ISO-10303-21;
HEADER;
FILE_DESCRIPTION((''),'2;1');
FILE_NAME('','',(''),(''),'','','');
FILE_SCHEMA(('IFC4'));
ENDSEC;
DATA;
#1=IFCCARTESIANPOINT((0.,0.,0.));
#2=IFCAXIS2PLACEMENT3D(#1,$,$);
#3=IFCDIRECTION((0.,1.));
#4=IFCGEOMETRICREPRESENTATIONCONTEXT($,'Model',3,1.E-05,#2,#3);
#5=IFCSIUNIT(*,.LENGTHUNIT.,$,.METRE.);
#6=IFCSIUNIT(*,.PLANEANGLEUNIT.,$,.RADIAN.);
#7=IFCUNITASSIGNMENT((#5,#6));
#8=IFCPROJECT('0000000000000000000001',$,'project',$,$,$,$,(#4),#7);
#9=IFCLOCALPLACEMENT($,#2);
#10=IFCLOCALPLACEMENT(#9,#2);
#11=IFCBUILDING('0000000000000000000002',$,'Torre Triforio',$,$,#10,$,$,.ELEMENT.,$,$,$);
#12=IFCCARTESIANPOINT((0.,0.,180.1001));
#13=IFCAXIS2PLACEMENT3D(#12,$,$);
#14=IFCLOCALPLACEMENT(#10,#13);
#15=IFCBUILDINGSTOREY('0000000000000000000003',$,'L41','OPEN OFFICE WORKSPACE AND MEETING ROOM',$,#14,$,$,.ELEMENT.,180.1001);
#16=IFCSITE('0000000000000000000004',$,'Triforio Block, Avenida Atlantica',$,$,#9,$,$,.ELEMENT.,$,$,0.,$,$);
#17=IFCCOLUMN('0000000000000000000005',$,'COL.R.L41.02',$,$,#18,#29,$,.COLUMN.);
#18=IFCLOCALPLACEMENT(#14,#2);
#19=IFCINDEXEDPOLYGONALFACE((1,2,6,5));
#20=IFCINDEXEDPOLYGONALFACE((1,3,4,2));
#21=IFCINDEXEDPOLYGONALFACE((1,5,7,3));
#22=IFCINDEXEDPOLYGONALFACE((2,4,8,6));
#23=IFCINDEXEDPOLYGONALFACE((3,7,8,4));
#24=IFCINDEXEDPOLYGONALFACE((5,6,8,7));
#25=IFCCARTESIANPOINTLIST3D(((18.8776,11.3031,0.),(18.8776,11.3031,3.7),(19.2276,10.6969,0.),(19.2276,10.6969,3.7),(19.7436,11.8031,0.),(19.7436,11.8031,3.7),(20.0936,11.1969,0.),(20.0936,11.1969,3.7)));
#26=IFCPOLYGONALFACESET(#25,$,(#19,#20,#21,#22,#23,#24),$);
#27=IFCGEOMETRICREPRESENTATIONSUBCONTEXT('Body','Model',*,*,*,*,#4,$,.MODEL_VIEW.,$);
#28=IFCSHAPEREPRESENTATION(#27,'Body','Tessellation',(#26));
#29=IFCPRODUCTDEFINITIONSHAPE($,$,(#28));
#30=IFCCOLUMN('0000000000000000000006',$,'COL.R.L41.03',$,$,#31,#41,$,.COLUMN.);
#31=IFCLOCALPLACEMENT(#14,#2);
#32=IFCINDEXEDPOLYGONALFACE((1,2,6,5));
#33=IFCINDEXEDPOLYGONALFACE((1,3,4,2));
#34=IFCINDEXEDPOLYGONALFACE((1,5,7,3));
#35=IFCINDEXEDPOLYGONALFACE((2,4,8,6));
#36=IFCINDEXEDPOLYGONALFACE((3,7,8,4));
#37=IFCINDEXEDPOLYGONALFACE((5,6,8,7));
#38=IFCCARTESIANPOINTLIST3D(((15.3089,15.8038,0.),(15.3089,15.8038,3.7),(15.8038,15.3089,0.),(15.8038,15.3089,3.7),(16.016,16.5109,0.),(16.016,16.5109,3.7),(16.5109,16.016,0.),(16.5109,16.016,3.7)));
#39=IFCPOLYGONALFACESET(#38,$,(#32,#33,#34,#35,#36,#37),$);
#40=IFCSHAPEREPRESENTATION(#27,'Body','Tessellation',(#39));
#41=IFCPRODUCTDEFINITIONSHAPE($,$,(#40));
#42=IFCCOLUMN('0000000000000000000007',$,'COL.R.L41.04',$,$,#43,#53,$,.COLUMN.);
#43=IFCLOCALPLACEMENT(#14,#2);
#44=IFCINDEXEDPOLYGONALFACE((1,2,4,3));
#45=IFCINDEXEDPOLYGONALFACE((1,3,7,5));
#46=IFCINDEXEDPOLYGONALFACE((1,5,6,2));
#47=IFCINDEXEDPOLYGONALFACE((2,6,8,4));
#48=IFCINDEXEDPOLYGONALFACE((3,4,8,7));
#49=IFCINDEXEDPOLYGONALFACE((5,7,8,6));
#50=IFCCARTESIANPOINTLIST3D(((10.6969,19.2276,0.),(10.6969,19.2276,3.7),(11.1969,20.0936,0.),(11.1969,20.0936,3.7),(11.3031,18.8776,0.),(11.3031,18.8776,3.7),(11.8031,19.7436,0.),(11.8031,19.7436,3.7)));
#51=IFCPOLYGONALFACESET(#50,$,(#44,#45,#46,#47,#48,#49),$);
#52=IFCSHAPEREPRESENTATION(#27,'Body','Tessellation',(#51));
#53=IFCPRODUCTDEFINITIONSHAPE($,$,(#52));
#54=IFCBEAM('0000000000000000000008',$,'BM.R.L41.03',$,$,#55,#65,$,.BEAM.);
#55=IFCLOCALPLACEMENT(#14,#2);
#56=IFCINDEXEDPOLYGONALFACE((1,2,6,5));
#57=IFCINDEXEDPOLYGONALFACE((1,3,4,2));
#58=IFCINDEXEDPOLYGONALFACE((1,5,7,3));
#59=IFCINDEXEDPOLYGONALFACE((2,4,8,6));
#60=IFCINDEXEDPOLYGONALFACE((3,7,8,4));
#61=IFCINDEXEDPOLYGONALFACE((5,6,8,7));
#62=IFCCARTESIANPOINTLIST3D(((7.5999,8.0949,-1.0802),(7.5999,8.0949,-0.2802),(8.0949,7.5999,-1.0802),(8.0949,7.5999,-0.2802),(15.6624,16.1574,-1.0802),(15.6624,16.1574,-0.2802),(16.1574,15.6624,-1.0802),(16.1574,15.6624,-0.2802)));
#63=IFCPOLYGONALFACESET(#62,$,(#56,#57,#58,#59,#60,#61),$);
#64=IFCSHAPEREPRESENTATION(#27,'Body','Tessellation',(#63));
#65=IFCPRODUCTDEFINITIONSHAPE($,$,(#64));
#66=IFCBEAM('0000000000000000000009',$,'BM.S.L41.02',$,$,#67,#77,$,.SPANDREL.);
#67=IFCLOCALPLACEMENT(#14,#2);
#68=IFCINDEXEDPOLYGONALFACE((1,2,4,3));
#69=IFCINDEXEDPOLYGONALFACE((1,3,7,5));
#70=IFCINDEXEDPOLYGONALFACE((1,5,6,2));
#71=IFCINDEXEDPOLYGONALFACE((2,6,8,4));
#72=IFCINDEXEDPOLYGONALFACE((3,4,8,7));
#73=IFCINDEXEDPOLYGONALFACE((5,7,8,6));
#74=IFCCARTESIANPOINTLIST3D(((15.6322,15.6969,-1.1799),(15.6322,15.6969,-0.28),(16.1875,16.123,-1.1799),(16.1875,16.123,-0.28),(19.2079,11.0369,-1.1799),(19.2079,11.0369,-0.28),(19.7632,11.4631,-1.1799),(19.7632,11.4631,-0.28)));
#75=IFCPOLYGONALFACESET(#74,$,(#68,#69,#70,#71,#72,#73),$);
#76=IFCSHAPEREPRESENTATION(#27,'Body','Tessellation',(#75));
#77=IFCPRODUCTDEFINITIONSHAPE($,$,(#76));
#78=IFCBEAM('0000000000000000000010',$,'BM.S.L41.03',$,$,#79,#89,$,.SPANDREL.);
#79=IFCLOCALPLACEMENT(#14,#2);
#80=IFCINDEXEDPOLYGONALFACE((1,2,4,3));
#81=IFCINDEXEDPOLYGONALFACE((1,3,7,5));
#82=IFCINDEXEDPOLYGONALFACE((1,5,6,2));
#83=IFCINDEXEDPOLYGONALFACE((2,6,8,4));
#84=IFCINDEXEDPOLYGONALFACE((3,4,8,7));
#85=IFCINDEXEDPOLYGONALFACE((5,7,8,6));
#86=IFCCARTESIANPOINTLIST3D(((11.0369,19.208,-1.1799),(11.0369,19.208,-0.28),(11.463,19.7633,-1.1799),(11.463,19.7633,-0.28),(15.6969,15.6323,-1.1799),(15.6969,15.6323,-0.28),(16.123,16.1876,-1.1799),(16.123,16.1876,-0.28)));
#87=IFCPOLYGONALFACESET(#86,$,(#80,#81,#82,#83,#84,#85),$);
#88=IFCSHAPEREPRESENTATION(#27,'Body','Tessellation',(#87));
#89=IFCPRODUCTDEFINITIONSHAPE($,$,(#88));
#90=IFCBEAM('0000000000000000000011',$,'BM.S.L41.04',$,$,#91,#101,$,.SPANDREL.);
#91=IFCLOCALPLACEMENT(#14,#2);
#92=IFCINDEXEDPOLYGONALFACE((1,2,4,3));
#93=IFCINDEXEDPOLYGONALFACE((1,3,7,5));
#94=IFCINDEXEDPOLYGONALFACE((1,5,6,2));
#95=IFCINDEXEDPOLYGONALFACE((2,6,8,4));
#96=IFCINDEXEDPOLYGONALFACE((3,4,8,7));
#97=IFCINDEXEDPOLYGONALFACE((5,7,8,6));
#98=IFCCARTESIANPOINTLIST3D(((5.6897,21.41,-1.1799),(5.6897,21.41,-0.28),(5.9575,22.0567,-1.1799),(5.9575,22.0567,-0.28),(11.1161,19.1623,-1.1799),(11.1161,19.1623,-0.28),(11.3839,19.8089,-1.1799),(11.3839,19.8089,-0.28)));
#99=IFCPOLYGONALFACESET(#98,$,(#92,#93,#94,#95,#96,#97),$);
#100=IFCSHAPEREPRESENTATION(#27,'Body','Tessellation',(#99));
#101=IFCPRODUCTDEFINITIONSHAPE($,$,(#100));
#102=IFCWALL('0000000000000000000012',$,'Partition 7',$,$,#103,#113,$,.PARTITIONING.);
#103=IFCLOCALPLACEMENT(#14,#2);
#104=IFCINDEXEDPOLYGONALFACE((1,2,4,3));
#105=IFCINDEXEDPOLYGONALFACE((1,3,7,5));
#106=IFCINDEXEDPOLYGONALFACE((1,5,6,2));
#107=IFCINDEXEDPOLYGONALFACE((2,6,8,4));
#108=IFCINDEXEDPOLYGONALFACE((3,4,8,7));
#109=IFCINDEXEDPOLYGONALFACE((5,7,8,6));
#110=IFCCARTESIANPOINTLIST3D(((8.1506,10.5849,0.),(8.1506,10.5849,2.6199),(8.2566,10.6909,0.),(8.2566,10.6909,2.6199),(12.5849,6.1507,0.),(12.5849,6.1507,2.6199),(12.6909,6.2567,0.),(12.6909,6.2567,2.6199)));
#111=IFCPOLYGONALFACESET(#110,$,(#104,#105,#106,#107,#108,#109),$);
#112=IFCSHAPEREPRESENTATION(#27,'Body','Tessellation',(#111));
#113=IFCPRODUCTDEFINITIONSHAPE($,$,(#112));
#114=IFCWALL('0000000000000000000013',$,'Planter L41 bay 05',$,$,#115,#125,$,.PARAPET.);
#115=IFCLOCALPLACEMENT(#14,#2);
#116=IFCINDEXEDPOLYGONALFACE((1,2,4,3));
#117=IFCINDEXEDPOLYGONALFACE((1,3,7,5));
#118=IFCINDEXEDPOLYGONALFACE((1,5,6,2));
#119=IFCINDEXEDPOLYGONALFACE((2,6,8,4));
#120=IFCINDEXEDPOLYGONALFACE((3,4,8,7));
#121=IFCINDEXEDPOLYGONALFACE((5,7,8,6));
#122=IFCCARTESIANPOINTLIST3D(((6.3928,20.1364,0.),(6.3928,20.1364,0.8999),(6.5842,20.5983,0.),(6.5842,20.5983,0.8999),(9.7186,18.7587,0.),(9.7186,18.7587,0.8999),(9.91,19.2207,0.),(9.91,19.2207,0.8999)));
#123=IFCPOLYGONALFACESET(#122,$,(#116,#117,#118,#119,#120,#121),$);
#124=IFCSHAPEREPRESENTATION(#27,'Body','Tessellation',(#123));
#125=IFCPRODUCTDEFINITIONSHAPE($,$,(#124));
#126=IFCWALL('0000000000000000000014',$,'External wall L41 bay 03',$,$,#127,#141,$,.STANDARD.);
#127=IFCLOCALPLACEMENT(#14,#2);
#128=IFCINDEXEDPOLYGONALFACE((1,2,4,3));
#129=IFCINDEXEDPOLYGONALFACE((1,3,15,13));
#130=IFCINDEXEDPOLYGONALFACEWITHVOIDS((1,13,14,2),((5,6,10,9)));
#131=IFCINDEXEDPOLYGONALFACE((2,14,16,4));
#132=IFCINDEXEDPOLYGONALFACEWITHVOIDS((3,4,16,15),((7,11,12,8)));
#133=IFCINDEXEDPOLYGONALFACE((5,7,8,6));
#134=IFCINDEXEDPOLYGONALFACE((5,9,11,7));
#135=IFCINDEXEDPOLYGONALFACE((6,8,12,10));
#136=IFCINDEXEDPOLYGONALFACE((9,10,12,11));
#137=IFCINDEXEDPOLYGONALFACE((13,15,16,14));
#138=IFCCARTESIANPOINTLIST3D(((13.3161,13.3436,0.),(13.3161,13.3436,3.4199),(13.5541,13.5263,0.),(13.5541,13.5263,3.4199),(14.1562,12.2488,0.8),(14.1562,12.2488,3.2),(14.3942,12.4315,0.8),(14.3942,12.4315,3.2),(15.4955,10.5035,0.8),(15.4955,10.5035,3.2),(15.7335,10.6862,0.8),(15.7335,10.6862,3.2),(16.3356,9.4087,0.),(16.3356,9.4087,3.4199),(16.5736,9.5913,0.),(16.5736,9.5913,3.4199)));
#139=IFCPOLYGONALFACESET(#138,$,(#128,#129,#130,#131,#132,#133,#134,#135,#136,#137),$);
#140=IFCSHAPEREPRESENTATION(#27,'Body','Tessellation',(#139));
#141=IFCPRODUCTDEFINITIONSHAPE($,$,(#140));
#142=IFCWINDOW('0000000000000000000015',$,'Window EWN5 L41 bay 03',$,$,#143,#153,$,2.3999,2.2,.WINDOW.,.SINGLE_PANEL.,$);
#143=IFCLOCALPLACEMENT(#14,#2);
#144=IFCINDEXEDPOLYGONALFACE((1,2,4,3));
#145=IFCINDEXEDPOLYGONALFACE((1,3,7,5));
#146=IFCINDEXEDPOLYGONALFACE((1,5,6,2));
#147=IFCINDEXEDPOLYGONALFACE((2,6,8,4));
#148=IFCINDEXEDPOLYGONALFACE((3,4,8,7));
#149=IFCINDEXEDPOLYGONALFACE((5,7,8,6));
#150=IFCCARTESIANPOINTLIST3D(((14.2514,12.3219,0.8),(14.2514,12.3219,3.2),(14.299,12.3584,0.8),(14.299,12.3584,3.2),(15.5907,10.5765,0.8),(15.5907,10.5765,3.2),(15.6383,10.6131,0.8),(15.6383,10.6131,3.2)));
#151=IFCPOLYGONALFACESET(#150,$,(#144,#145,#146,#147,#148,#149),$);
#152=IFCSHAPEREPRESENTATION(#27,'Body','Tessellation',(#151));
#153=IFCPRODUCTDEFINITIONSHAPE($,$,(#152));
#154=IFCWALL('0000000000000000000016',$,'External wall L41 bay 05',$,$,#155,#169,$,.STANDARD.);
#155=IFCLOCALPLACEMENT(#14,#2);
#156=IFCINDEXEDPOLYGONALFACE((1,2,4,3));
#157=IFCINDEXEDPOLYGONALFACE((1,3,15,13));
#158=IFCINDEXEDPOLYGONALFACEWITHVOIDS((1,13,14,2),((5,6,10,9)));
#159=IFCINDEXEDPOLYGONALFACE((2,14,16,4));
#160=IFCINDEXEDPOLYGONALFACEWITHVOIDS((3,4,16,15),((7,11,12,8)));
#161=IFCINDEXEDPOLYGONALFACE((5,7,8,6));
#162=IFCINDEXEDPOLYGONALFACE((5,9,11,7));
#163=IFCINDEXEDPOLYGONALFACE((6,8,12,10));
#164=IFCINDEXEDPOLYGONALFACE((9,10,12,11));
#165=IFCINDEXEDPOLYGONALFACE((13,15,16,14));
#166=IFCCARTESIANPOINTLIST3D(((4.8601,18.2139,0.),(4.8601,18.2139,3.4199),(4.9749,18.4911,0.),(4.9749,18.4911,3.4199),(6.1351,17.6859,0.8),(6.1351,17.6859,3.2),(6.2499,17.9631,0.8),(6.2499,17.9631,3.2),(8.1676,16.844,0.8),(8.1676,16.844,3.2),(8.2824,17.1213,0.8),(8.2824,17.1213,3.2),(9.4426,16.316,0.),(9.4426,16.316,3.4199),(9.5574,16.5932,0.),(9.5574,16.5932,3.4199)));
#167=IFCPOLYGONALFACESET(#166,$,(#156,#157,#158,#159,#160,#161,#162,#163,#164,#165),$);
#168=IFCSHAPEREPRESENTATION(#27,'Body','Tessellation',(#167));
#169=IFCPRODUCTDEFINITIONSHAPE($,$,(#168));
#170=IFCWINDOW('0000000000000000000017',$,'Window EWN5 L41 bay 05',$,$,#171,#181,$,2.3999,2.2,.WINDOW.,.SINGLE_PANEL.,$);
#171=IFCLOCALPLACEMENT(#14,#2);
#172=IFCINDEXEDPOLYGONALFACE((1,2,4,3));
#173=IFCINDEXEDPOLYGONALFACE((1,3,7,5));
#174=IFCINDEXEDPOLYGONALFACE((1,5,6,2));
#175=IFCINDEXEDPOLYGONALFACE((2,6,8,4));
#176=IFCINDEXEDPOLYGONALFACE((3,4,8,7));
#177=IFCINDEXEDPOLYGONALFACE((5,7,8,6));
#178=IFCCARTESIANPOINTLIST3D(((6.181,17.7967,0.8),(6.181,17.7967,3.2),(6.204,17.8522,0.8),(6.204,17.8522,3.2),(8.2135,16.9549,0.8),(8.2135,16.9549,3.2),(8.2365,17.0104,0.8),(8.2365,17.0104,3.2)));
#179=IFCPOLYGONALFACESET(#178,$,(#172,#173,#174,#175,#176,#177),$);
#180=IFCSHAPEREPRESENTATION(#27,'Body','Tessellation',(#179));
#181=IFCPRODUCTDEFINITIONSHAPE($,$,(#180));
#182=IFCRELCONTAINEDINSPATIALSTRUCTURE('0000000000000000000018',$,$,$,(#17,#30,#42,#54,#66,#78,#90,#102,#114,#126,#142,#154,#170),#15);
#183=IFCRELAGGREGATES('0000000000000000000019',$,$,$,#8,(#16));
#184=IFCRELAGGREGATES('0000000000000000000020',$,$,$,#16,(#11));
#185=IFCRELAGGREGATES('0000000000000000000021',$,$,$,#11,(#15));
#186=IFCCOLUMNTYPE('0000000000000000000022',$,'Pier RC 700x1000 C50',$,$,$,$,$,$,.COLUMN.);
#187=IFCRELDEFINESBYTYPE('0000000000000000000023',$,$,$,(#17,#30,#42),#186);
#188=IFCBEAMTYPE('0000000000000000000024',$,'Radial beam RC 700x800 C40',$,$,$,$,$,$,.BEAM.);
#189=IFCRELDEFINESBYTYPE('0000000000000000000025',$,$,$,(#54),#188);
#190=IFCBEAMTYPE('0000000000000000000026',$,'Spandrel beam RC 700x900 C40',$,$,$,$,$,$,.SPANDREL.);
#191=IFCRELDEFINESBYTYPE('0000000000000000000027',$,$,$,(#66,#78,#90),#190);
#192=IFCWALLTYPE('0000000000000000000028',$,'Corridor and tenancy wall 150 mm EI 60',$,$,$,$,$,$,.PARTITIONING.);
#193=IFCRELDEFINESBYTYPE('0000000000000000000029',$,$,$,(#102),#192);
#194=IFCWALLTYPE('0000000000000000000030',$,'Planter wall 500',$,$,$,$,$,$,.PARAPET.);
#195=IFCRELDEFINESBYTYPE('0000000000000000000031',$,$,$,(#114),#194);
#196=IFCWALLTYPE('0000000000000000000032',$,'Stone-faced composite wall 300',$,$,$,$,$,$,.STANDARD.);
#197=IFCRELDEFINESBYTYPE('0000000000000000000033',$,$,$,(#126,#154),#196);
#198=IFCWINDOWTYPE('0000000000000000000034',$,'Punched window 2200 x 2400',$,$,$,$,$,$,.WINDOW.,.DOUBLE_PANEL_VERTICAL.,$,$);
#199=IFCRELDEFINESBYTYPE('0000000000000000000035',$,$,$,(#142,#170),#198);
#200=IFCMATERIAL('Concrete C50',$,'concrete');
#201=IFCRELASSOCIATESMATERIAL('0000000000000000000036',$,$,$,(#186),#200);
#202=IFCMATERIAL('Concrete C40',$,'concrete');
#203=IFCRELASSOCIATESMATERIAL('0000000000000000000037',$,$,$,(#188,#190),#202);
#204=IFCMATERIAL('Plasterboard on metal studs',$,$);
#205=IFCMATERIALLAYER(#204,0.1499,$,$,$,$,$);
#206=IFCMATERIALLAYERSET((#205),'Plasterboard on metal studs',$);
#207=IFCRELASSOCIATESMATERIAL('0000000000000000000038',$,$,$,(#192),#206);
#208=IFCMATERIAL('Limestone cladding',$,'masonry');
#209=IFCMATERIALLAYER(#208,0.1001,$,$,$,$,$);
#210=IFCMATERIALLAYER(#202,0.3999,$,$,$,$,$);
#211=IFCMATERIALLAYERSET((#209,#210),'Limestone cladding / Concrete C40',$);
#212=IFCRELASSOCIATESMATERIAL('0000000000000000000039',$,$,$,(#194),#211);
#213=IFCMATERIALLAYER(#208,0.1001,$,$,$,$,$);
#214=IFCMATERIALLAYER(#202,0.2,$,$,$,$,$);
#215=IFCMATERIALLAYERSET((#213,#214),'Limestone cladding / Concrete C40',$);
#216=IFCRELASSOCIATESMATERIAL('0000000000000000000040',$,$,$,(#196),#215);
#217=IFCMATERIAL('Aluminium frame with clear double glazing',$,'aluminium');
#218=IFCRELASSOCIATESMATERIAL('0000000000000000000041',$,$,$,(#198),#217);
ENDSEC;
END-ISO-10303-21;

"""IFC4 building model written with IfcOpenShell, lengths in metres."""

from ifc_helpers import new_model, si_unit, direction, frame, frame_2d, origin, origin_2d, place, context, subcontext, project, spatial, rectangle, extrude, material, layer, layer_set, material_profile, profile_set, type_object, element, fill, save


model = new_model("IFC4")

# Units and contexts
model_context = context("Model", 3, precision=1e-05, world=origin(), true_north=direction((0.0, 1.0)))
body_context = subcontext(model_context, "Body", "Model", "MODEL_VIEW")
ifc_project = project(units=[si_unit("LENGTHUNIT", "METRE"), si_unit("PLANEANGLEUNIT", "RADIAN")], contexts=[model_context])

# Site, building, storey
site_placement = place(None, origin())
site = spatial("IfcSite", under=ifc_project, at=site_placement, Name="Triforio Block, Avenida Atlantica", CompositionType="ELEMENT", RefElevation=0.0)
building_placement = place(site_placement, origin())
building = spatial("IfcBuilding", under=site, at=building_placement, Name="Torre Triforio", CompositionType="ELEMENT")
storey_placement = place(building_placement, frame((0.0, 0.0, 180.1001)))
storey = spatial("IfcBuildingStorey", under=building, at=storey_placement, Name="L41", Description="OPEN OFFICE WORKSPACE AND MEETING ROOM", CompositionType="ELEMENT", Elevation=180.1001)

# Columns
ifc_material_1 = material(Name="Concrete C50", Category="concrete")
ifc_material_profile_1 = material_profile(ifc_material_1, rectangle(XDim=0.7, YDim=1.0, at=origin_2d()), Name="RC 700x1000")
ifc_profile_set_1 = profile_set([ifc_material_profile_1], Name="Concrete C50")
column_type = type_object("IfcColumnType", Name="Pier RC 700x1000 C50", PredefinedType="COLUMN", material=ifc_profile_set_1)
for number, where, z_axis, x_axis, name in (
    (1, (19.4856, 11.25, 0.0), (0.0, 0.0, 1.0), (-0.5, 0.866025, 0.0), "COL.R.L41.02"),
    (2, (15.9099, 15.9099, 0.0), (0.0, 0.0, 1.0), (-0.707107, 0.707107, 0.0), "COL.R.L41.03"),
    (3, (11.25, 19.4856, 0.0), (0.0, 0.0, 1.0), (-0.866025, 0.5, 0.0), "COL.R.L41.04"),
):
    element("IfcColumn", number, at=place(storey_placement, frame(where, z_axis=z_axis, x_axis=x_axis)), inside=storey, type_object=column_type, Name=name, PredefinedType="COLUMN", context=body_context, shape_type="SweptSolid", body=[
        extrude(rectangle(XDim=0.7, YDim=1.0, at=origin_2d()), origin(), (0.0, 0.0, 1.0), 3.7),
    ])

# Beams
ifc_material_2 = material(Name="Concrete C40", Category="concrete")
ifc_material_profile_2 = material_profile(ifc_material_2, rectangle(XDim=0.7, YDim=0.8, at=origin_2d()), Name="RC 700x800")
ifc_profile_set_2 = profile_set([ifc_material_profile_2], Name="Concrete C40")
beam_type_1 = type_object("IfcBeamType", Name="Radial beam RC 700x800 C40", PredefinedType="BEAM", material=ifc_profile_set_2)
beam_1_placement = place(storey_placement, frame((7.8474, 7.8474, -0.6802), z_axis=(0.707107, 0.707107, 0.0), x_axis=(-0.707107, 0.707107, 0.0)))
element("IfcBeam", 4, at=beam_1_placement, inside=storey, type_object=beam_type_1, Name="BM.R.L41.03", PredefinedType="BEAM", context=body_context, shape_type="SweptSolid", body=[
    extrude(rectangle(XDim=0.7, YDim=0.8, at=origin_2d()), origin(), (0.0, 0.0, 1.0), 11.4021),
])
ifc_material_profile_3 = material_profile(ifc_material_2, rectangle(XDim=0.7, YDim=0.8999, at=origin_2d()), Name="RC 700x900")
ifc_profile_set_3 = profile_set([ifc_material_profile_3], Name="Concrete C40")
beam_type_2 = type_object("IfcBeamType", Name="Spandrel beam RC 700x900 C40", PredefinedType="SPANDREL", material=ifc_profile_set_3)
for number, where, z_axis, x_axis, name in (
    (5, (19.4856, 11.25, -0.73), (-0.608762, 0.793353, 0.0), (-0.793353, -0.608762, 0.0), "BM.S.L41.02"),
    (6, (15.9099, 15.9099, -0.73), (-0.793353, 0.608762, 0.0), (-0.608762, -0.793353, 0.0), "BM.S.L41.03"),
):
    element("IfcBeam", number, at=place(storey_placement, frame(where, z_axis=z_axis, x_axis=x_axis)), inside=storey, type_object=beam_type_2, Name=name, PredefinedType="SPANDREL", context=body_context, shape_type="SweptSolid", body=[
        extrude(rectangle(XDim=0.7, YDim=0.8999, at=origin_2d()), origin(), (0.0, 0.0, 1.0), 5.8738),
    ])
beam_2_placement = place(storey_placement, frame((11.25, 19.4856, -0.73), z_axis=(-0.923875, 0.382693, 0.0), x_axis=(-0.382693, -0.923875, 0.0)))
element("IfcBeam", 7, at=beam_2_placement, inside=storey, type_object=beam_type_2, Name="BM.S.L41.04", PredefinedType="SPANDREL", context=body_context, shape_type="SweptSolid", body=[
    extrude(rectangle(XDim=0.7, YDim=0.8999, at=origin_2d()), origin(), (0.0, 0.0, 1.0), 5.8735),
])

# Walls
ifc_material_3 = material(Name="Plasterboard on metal studs")
ifc_layer_1 = layer(ifc_material_3, 0.1499)
ifc_layer_set_1 = layer_set([ifc_layer_1], Name="Plasterboard on metal studs")
wall_type_1 = type_object("IfcWallType", Name="Corridor and tenancy wall 150 mm EI 60", PredefinedType="PARTITIONING", material=ifc_layer_set_1)
wall_1_placement = place(storey_placement, frame((8.2036, 10.6379, 0.0), z_axis=(0.0, 0.0, 1.0), x_axis=(0.707107, -0.707107, 0.0)))
element("IfcWall", 8, at=wall_1_placement, inside=storey, type_object=wall_type_1, Name="Partition 7", PredefinedType="PARTITIONING", context=body_context, shape_type="SweptSolid", body=[
    extrude(rectangle(XDim=6.271, YDim=0.1499, at=frame_2d((3.1355, 0.0))), origin(), (0.0, 0.0, 1.0), 2.6199),
])
ifc_material_4 = material(Name="Limestone cladding", Category="masonry")
ifc_layer_2 = layer(ifc_material_4, 0.1001)
ifc_layer_3 = layer(ifc_material_2, 0.3999)
ifc_layer_set_2 = layer_set([ifc_layer_2, ifc_layer_3], Name="Limestone cladding / Concrete C40")
wall_type_2 = type_object("IfcWallType", Name="Planter wall 500", PredefinedType="PARAPET", material=ifc_layer_set_2)
wall_2_placement = place(storey_placement, frame((9.8142, 18.9897, 0.0), z_axis=(0.0, 0.0, 1.0), x_axis=(-0.923875, 0.382693, 0.0)))
element("IfcWall", 9, at=wall_2_placement, inside=storey, type_object=wall_type_2, Name="Planter L41 bay 05", PredefinedType="PARAPET", context=body_context, shape_type="SweptSolid", body=[
    extrude(rectangle(XDim=3.5999, YDim=0.5, at=frame_2d((1.7998, 0.0))), origin(), (0.0, 0.0, 1.0), 0.8999),
])

# Wall, opening, window
ifc_layer_4 = layer(ifc_material_4, 0.1001)
ifc_layer_5 = layer(ifc_material_2, 0.2)
ifc_layer_set_3 = layer_set([ifc_layer_4, ifc_layer_5], Name="Limestone cladding / Concrete C40")
wall_type_3 = type_object("IfcWallType", Name="Stone-faced composite wall 300", PredefinedType="STANDARD", material=ifc_layer_set_3)
wall_3_placement = place(storey_placement, frame((16.4546, 9.5, 0.0), z_axis=(0.0, 0.0, 1.0), x_axis=(-0.608768, 0.793348, 0.0)))
wall_3 = element("IfcWall", 10, at=wall_3_placement, inside=storey, type_object=wall_type_3, Name="External wall L41 bay 03", PredefinedType="STANDARD", context=body_context, shape_type="SweptSolid", body=[
    extrude(rectangle(XDim=4.96, YDim=0.3, at=frame_2d((2.48, 0.0))), origin(), (0.0, 0.0, 1.0), 3.4199),
])
opening_1_placement = place(wall_3_placement, frame((1.3799, 0.0, 0.8)))
opening_1 = element("IfcOpeningElement", 11, at=opening_1_placement, cuts=wall_3, PredefinedType="OPENING", context=body_context, shape_type="SweptSolid", body=[
    extrude(rectangle(XDim=2.2, YDim=2.3999, at=frame_2d((1.1001, 1.2))), frame((0.0, 0.1599, 0.0), z_axis=(0.0, -1.0, 0.0), x_axis=(1.0, 0.0, 0.0)), (0.0, 0.0, 1.0), 0.3201),
])
ifc_material_5 = material(Name="Aluminium frame with clear double glazing", Category="aluminium")
window_type_1 = type_object("IfcWindowType", Name="Punched window 2200 x 2400", PartitioningType="DOUBLE_PANEL_VERTICAL", PredefinedType="WINDOW", material=ifc_material_5)
window_1_placement = place(opening_1_placement, origin())
window_1 = element("IfcWindow", 12, at=window_1_placement, inside=storey, type_object=window_type_1, Name="Window EWN5 L41 bay 03", OverallHeight=2.3999, OverallWidth=2.2, PartitioningType="SINGLE_PANEL", PredefinedType="WINDOW", context=body_context, shape_type="SweptSolid", body=[
    extrude(rectangle(XDim=2.2, YDim=2.3999, at=frame_2d((1.1001, 1.2))), frame((0.0, 0.03, 0.0), z_axis=(0.0, -1.0, 0.0), x_axis=(1.0, 0.0, 0.0)), (0.0, 0.0, 1.0), 0.0601),
])
fill(opening_1, window_1)

# Wall, opening, window
wall_4_placement = place(storey_placement, frame((9.5, 16.4546, 0.0), z_axis=(0.0, 0.0, 1.0), x_axis=(-0.923893, 0.38265, 0.0)))
wall_4 = element("IfcWall", 13, at=wall_4_placement, inside=storey, type_object=wall_type_3, Name="External wall L41 bay 05", PredefinedType="STANDARD", context=body_context, shape_type="SweptSolid", body=[
    extrude(rectangle(XDim=4.96, YDim=0.3, at=frame_2d((2.48, 0.0))), origin(), (0.0, 0.0, 1.0), 3.4199),
])
opening_2_placement = place(wall_4_placement, frame((1.3799, 0.0, 0.8)))
opening_2 = element("IfcOpeningElement", 14, at=opening_2_placement, cuts=wall_4, PredefinedType="OPENING", context=body_context, shape_type="SweptSolid", body=[
    extrude(rectangle(XDim=2.2, YDim=2.3999, at=frame_2d((1.1001, 1.2))), frame((0.0, 0.1599, 0.0), z_axis=(0.0, -1.0, 0.0), x_axis=(1.0, 0.0, 0.0)), (0.0, 0.0, 1.0), 0.3201),
])
window_2_placement = place(opening_2_placement, origin())
window_2 = element("IfcWindow", 15, at=window_2_placement, inside=storey, type_object=window_type_1, Name="Window EWN5 L41 bay 05", OverallHeight=2.3999, OverallWidth=2.2, PartitioningType="SINGLE_PANEL", PredefinedType="WINDOW", context=body_context, shape_type="SweptSolid", body=[
    extrude(rectangle(XDim=2.2, YDim=2.3999, at=frame_2d((1.1001, 1.2))), frame((0.0, 0.03, 0.0), z_axis=(0.0, -1.0, 0.0), x_axis=(1.0, 0.0, 0.0)), (0.0, 0.0, 1.0), 0.0601),
])
fill(opening_2, window_2)

save(model, "model.ifc")
